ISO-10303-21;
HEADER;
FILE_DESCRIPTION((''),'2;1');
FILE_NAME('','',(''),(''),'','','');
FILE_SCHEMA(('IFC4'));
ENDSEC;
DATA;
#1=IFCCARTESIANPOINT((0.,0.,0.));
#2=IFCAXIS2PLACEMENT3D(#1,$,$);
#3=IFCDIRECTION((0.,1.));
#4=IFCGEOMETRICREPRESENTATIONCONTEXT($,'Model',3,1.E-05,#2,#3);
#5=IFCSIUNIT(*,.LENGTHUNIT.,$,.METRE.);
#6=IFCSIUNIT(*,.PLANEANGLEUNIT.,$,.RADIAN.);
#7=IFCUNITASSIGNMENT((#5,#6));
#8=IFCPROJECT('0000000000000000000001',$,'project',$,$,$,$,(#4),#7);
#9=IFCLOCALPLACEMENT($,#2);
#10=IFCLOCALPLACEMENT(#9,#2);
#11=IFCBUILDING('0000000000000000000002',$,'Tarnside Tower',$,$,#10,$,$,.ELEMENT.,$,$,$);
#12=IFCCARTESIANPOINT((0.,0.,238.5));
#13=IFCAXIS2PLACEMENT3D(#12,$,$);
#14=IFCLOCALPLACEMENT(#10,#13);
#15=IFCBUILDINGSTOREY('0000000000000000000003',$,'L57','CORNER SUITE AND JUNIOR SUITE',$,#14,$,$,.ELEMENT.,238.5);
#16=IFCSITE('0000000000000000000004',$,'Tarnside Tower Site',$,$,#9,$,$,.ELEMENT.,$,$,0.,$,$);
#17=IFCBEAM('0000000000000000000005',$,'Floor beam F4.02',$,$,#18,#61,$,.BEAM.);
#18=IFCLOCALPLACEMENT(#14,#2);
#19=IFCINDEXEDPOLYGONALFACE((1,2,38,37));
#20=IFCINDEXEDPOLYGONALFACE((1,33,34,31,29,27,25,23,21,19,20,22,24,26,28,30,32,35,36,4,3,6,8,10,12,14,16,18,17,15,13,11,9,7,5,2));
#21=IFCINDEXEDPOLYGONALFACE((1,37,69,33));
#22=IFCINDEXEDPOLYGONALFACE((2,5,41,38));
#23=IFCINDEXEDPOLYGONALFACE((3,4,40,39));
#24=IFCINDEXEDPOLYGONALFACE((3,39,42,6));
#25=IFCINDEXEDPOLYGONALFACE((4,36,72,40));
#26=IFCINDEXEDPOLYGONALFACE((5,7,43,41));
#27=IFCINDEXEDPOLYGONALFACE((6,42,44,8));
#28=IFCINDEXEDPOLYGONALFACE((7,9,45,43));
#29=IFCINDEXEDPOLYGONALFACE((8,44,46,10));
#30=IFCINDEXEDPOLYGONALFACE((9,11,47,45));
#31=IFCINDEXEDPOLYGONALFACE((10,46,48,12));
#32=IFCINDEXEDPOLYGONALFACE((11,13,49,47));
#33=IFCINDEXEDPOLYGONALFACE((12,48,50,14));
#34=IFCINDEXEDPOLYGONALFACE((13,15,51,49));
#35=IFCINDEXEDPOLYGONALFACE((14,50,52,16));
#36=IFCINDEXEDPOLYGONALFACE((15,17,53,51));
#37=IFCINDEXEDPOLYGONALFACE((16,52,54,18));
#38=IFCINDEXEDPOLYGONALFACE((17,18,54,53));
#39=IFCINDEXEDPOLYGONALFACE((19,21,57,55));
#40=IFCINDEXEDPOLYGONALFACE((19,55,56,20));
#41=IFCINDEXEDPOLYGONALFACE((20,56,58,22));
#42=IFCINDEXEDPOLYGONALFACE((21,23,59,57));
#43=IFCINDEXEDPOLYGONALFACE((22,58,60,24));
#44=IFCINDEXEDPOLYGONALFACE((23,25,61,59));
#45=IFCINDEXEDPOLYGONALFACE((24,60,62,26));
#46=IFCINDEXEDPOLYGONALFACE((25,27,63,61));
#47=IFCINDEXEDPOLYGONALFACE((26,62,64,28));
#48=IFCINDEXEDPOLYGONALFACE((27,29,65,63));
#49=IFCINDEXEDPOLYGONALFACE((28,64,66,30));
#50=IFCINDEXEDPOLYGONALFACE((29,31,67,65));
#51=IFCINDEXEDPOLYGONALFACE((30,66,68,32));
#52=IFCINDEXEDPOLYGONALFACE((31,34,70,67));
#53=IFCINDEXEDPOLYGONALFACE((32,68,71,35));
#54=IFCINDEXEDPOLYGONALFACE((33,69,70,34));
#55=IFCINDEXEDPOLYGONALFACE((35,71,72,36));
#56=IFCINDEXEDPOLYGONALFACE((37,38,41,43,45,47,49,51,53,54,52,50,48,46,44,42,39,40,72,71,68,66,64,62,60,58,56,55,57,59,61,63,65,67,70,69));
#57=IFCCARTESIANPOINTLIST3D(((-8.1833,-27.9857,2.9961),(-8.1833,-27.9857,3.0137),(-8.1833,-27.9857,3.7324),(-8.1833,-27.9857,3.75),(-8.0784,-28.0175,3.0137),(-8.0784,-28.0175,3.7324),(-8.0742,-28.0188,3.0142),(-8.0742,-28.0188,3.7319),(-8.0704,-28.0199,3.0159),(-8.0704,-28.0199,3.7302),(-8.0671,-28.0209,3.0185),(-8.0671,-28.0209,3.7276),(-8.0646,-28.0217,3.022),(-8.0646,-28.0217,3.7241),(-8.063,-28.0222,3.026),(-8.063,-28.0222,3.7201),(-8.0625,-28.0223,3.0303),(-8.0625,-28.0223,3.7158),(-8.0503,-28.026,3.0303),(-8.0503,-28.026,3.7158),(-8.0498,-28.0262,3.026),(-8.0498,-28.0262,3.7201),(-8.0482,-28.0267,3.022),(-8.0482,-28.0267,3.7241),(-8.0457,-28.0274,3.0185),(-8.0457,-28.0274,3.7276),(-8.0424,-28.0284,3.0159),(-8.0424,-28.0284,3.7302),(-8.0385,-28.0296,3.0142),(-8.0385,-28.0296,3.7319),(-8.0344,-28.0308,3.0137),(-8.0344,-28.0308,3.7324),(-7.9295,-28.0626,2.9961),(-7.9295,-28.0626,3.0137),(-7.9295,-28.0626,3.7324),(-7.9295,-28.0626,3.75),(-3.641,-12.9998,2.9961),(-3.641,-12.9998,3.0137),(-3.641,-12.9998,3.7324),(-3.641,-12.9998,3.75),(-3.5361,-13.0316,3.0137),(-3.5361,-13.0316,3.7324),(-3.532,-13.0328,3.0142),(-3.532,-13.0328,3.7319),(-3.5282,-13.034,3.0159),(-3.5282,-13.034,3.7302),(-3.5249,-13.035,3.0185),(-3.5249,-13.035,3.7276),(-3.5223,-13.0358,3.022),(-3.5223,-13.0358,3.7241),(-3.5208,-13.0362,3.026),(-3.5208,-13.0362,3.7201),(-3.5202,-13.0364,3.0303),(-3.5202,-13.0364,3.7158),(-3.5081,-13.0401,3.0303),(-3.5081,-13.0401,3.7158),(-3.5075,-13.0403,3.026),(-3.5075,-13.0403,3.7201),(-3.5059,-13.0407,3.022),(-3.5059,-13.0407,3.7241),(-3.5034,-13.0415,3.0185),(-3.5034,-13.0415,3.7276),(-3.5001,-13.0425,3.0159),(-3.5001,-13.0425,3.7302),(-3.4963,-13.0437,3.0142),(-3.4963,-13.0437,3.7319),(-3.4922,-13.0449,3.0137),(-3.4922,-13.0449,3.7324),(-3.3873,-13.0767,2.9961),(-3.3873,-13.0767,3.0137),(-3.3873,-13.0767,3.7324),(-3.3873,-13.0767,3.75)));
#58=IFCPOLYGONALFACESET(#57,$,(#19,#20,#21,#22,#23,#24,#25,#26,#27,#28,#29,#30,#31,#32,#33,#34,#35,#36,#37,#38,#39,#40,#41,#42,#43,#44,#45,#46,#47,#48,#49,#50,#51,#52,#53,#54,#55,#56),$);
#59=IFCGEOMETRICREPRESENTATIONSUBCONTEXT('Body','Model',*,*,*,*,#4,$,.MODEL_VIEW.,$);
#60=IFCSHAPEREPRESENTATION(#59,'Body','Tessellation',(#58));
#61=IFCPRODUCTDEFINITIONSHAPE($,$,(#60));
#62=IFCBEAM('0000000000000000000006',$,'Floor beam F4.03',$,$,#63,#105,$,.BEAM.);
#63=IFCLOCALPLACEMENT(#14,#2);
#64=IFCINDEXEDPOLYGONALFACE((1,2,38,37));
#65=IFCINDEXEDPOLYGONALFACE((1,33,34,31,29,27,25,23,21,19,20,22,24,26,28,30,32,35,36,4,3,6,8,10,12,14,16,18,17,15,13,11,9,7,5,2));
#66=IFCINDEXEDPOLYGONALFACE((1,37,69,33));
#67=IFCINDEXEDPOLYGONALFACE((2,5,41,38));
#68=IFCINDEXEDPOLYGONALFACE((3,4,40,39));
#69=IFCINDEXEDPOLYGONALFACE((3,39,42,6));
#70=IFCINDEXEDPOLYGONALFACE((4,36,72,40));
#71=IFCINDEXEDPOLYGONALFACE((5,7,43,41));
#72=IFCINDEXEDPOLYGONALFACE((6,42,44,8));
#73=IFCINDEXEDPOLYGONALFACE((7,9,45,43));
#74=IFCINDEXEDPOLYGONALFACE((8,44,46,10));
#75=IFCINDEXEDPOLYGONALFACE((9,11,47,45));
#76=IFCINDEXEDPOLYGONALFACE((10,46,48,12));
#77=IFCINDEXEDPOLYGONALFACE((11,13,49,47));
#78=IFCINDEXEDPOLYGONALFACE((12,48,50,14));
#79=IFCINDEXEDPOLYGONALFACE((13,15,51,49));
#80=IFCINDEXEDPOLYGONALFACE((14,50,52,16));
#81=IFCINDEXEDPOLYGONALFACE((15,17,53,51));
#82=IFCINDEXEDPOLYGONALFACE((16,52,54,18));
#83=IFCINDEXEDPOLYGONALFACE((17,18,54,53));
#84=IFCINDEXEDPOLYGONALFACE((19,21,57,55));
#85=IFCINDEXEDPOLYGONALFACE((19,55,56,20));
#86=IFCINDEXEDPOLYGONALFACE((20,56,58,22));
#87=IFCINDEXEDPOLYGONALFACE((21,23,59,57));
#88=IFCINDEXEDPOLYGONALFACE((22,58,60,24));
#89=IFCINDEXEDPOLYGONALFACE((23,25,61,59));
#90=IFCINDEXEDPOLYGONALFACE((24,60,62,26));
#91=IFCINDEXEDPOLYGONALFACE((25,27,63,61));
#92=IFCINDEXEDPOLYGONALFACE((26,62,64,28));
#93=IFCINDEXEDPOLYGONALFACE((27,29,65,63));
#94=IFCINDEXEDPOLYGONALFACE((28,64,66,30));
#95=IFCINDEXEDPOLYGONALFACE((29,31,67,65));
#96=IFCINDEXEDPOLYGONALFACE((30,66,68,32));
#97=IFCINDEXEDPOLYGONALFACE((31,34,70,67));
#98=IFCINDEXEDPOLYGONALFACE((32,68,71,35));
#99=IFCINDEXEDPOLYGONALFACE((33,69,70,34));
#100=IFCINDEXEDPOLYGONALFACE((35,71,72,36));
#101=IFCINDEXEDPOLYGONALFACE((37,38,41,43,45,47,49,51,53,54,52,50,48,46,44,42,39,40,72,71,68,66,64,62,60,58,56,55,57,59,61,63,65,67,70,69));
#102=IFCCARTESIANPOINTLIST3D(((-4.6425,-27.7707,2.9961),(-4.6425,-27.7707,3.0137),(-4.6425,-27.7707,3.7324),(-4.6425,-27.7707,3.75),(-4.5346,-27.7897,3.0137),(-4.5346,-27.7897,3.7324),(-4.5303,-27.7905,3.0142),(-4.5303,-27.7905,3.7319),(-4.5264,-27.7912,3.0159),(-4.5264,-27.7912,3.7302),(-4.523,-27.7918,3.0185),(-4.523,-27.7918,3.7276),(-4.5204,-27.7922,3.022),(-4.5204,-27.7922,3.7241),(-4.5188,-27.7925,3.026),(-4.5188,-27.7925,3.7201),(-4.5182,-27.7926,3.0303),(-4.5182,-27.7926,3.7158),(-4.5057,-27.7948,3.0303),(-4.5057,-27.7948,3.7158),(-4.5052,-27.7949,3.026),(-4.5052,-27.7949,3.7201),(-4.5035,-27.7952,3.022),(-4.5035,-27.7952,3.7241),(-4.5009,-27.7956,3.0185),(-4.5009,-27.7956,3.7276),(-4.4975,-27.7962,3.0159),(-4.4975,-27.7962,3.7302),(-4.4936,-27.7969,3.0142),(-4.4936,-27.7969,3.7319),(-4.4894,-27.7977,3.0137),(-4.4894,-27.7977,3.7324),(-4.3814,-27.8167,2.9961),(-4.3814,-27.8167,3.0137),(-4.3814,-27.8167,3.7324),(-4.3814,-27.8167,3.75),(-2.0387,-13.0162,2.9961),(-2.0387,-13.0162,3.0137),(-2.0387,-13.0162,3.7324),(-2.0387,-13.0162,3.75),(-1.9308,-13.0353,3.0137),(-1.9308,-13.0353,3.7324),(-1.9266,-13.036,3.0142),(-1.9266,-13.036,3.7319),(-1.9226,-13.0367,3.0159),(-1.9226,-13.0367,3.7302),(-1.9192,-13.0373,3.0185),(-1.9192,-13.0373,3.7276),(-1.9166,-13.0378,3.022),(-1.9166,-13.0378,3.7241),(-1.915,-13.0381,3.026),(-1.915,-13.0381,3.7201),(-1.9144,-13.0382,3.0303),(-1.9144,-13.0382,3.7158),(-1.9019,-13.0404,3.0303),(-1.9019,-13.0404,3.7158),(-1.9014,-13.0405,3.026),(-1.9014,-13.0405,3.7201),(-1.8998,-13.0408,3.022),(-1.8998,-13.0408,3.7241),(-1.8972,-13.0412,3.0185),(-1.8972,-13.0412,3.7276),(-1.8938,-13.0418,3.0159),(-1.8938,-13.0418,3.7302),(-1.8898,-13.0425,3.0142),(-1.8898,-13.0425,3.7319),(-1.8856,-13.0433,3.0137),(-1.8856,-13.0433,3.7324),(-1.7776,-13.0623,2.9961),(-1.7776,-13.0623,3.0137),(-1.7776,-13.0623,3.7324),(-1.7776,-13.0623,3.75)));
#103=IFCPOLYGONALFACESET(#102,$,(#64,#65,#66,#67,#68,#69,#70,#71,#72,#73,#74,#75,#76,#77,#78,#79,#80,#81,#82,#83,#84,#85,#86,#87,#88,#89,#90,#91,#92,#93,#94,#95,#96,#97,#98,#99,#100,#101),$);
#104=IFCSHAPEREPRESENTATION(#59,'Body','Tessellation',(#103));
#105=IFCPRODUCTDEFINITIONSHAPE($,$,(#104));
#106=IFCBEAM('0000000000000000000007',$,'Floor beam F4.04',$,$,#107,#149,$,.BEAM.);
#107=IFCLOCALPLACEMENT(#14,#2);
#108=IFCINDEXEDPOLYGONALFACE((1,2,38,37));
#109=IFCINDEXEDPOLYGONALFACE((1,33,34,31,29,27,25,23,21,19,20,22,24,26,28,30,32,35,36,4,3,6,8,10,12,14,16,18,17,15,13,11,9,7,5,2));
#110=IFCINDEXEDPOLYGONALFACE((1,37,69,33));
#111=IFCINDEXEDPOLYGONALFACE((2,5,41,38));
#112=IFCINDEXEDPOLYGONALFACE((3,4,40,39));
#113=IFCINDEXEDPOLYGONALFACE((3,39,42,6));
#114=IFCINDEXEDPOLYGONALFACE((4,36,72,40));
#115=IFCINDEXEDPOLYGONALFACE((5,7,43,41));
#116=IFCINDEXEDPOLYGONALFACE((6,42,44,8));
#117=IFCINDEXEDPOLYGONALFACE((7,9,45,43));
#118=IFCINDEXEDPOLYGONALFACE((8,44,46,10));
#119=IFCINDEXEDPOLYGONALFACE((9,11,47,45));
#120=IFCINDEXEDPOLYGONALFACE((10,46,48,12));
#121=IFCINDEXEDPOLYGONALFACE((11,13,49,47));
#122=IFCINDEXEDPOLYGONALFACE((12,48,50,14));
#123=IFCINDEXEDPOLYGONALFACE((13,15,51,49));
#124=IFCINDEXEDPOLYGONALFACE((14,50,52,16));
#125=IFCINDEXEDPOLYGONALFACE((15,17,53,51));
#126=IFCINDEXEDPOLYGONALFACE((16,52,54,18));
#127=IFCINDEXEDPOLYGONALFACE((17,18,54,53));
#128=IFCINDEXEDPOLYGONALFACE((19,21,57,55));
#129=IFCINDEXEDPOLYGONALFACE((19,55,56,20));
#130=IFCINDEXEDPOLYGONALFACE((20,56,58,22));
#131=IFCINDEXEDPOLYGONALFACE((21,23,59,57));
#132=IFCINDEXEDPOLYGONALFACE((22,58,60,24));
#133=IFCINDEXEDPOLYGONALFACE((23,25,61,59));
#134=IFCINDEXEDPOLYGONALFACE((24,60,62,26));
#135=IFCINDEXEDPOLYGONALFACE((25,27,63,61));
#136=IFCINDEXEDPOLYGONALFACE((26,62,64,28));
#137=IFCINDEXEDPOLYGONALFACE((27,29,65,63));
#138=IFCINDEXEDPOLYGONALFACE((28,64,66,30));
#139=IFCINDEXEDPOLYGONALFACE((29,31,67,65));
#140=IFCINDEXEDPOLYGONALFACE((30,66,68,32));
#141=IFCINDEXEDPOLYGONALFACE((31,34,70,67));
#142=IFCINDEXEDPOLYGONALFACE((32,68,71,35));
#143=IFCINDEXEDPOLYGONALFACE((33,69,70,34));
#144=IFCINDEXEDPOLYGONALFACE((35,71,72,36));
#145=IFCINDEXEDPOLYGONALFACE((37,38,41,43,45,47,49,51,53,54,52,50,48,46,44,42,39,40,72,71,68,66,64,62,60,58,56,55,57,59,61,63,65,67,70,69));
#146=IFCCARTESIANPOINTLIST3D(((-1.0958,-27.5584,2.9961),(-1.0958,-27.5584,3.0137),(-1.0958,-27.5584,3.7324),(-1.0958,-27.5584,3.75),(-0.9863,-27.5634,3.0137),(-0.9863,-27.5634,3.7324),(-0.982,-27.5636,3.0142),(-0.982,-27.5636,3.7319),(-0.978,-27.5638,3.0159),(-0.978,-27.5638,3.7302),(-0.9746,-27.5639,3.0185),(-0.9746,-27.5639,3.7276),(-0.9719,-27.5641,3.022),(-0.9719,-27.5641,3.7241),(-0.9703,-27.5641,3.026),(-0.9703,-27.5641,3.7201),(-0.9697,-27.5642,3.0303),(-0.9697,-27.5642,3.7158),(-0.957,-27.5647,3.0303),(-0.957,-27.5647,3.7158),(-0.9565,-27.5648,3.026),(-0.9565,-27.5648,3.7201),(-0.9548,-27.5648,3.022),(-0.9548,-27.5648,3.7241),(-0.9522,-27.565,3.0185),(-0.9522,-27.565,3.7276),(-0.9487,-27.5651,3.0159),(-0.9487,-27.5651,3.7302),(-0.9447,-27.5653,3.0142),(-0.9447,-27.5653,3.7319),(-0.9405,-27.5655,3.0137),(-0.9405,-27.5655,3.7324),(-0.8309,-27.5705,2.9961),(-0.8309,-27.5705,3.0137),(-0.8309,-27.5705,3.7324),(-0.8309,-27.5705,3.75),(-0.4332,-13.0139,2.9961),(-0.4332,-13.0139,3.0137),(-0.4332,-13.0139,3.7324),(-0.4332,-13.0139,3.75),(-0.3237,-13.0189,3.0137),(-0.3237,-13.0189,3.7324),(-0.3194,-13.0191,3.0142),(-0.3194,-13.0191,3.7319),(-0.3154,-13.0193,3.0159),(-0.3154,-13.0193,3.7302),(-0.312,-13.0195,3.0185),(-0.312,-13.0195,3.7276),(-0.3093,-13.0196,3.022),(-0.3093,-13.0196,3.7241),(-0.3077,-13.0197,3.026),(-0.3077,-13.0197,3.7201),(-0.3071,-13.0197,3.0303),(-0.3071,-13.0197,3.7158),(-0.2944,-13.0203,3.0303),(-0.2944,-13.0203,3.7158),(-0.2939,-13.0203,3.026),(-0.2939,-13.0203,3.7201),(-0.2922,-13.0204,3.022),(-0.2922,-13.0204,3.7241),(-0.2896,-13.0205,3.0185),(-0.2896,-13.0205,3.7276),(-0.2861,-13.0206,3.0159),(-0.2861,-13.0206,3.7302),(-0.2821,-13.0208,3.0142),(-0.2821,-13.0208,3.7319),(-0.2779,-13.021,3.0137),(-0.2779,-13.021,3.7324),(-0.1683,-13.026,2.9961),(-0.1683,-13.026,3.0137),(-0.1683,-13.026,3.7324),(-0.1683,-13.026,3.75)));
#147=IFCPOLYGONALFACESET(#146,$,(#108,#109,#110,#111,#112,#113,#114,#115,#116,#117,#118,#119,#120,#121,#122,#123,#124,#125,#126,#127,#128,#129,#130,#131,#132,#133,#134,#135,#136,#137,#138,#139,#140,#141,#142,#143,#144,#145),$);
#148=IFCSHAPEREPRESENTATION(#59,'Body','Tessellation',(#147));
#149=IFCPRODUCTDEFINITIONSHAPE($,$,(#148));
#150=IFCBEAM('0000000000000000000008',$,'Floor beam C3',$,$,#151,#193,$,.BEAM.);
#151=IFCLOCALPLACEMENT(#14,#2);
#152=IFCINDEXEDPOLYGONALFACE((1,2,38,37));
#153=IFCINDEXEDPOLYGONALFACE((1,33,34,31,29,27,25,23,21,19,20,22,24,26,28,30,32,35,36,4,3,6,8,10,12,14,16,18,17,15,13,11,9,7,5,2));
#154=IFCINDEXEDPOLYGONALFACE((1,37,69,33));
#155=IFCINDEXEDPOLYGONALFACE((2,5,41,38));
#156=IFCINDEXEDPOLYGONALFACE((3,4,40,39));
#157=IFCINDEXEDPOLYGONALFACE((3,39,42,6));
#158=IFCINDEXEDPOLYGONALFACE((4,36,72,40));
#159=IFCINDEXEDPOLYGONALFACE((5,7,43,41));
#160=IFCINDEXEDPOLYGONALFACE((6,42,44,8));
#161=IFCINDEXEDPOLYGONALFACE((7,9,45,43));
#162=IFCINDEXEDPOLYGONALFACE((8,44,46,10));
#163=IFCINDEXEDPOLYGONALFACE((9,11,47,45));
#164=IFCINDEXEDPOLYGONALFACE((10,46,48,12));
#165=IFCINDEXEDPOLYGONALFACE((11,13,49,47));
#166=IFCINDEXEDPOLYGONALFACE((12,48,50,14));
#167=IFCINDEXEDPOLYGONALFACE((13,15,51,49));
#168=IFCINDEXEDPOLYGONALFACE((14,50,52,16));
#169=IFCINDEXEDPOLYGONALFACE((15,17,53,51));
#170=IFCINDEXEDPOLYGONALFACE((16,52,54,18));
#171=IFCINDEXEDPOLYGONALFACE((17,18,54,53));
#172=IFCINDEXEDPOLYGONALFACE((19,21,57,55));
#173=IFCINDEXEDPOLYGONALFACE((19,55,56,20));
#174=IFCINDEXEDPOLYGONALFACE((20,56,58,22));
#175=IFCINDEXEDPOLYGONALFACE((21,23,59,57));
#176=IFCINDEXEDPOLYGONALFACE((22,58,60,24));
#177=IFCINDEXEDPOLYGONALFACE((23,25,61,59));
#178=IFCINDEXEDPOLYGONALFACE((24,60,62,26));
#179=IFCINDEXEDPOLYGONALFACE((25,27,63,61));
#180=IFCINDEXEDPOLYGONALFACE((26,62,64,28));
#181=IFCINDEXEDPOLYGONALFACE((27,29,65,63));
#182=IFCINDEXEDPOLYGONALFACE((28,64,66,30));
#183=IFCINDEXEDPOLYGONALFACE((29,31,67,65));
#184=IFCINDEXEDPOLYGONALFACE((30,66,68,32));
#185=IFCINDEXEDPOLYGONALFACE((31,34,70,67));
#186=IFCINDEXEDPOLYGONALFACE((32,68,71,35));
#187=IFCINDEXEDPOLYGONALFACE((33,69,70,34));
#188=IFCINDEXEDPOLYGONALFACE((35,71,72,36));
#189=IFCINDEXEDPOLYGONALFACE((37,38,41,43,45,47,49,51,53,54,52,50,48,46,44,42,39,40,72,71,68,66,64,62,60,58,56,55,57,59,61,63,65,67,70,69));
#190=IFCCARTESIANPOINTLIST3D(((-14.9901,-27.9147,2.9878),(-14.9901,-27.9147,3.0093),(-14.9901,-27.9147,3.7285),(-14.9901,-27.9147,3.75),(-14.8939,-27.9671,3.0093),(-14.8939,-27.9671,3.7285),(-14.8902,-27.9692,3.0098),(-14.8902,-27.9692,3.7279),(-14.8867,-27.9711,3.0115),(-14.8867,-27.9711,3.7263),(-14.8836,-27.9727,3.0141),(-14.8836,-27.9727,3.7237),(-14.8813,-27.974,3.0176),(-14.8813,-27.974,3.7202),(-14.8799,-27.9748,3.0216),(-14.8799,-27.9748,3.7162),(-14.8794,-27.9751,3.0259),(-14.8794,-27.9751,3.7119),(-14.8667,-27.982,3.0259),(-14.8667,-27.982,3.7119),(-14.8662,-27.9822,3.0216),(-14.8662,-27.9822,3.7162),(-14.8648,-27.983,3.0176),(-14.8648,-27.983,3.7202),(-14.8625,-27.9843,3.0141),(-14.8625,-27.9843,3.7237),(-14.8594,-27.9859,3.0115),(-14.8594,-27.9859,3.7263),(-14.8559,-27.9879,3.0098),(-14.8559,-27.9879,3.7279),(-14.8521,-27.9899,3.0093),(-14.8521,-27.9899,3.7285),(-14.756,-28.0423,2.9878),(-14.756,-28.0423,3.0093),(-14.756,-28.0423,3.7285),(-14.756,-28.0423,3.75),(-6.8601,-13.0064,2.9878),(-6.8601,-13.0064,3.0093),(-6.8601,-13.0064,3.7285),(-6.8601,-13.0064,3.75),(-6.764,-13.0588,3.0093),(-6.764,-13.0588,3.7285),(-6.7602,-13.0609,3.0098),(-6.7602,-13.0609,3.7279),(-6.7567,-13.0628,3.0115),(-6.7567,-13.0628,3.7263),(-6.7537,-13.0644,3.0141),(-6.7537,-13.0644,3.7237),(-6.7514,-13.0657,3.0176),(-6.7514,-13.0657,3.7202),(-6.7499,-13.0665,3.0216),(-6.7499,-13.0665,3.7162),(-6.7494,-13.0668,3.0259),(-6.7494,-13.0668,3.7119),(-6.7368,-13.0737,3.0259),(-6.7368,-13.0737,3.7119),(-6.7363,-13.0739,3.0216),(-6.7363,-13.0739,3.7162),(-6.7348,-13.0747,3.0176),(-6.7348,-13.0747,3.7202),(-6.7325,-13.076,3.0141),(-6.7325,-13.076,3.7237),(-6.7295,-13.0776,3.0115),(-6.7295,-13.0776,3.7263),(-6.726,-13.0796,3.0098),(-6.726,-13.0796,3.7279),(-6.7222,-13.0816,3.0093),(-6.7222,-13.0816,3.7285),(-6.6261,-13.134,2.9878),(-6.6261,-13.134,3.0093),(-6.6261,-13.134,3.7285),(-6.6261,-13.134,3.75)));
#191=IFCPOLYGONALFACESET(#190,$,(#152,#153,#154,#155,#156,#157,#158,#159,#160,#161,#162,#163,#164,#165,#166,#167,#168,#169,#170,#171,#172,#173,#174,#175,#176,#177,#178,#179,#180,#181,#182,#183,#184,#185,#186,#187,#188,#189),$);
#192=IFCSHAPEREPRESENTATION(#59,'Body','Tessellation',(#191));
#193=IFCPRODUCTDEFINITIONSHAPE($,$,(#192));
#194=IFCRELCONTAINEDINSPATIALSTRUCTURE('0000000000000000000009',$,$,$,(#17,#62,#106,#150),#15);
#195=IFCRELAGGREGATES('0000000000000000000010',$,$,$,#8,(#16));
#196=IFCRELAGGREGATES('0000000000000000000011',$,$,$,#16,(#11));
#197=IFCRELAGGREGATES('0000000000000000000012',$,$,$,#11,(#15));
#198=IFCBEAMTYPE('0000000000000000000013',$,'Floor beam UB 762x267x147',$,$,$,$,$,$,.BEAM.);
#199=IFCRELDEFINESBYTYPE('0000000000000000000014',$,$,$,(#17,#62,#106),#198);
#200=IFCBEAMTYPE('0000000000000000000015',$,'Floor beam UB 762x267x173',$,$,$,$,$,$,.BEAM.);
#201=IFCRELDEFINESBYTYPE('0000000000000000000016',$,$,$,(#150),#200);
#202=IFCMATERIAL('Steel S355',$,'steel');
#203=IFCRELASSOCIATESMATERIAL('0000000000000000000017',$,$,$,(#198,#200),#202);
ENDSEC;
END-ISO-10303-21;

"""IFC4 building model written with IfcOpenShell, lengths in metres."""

from ifc_helpers import new_model, si_unit, direction, frame, origin, origin_2d, place, context, subcontext, project, spatial, i_section, extrude, material, material_profile, profile_set, type_object, element, save


model = new_model("IFC4")

# Units and contexts
model_context = context("Model", 3, precision=1e-05, world=origin(), true_north=direction((0.0, 1.0)))
body_context = subcontext(model_context, "Body", "Model", "MODEL_VIEW")
ifc_project = project(units=[si_unit("LENGTHUNIT", "METRE"), si_unit("PLANEANGLEUNIT", "RADIAN")], contexts=[model_context])

# Site, building, storey
site_placement = place(None, origin())
site = spatial("IfcSite", under=ifc_project, at=site_placement, Name="Tarnside Tower Site", CompositionType="ELEMENT", RefElevation=0.0)
building_placement = place(site_placement, origin())
building = spatial("IfcBuilding", under=site, at=building_placement, Name="Tarnside Tower", CompositionType="ELEMENT")
storey_placement = place(building_placement, frame((0.0, 0.0, 238.5)))
storey = spatial("IfcBuildingStorey", under=building, at=storey_placement, Name="L57", Description="CORNER SUITE AND JUNIOR SUITE", CompositionType="ELEMENT", Elevation=238.5)

# Beams
ifc_material_1 = material(Name="Steel S355", Category="steel")
ifc_material_profile_1 = material_profile(ifc_material_1, i_section(OverallWidth=0.2651, OverallDepth=0.7539, WebThickness=0.0127, FlangeThickness=0.0176, FilletRadius=0.0166, at=origin_2d()), Name="UB 762x267x147")
ifc_profile_set_1 = profile_set([ifc_material_profile_1], Name="Steel S355")
beam_type_1 = type_object("IfcBeamType", Name="Floor beam UB 762x267x147", PredefinedType="BEAM", material=ifc_profile_set_1)
beam_1_placement = place(storey_placement, frame((-8.0564, -28.0242, 3.373), z_axis=(0.29007, 0.957005, 0.0), x_axis=(-0.957005, 0.29007, 0.0)))
element("IfcBeam", 1, at=beam_1_placement, inside=storey, type_object=beam_type_1, Name="Floor beam F4.02", PredefinedType="BEAM", context=body_context, shape_type="SweptSolid", body=[
    extrude(i_section(OverallWidth=0.2651, OverallDepth=0.7539, WebThickness=0.0127, FlangeThickness=0.0176, FilletRadius=0.0166, at=origin_2d()), origin(), (0.0, 0.0, 1.0), 15.6592),
])
beam_2_placement = place(storey_placement, frame((-4.512, -27.7937, 3.373), z_axis=(0.173788, 0.984783, 0.0), x_axis=(-0.984783, 0.173788, 0.0)))
element("IfcBeam", 2, at=beam_2_placement, inside=storey, type_object=beam_type_1, Name="Floor beam F4.03", PredefinedType="BEAM", context=body_context, shape_type="SweptSolid", body=[
    extrude(i_section(OverallWidth=0.2651, OverallDepth=0.7539, WebThickness=0.0127, FlangeThickness=0.0176, FilletRadius=0.0166, at=origin_2d()), origin(), (0.0, 0.0, 1.0), 14.9824),
])
beam_3_placement = place(storey_placement, frame((-0.9634, -27.5645, 3.373), z_axis=(0.04551, 0.998964, 0.0), x_axis=(-0.998964, 0.04551, 0.0)))
element("IfcBeam", 3, at=beam_3_placement, inside=storey, type_object=beam_type_1, Name="Floor beam F4.04", PredefinedType="BEAM", context=body_context, shape_type="SweptSolid", body=[
    extrude(i_section(OverallWidth=0.2651, OverallDepth=0.7539, WebThickness=0.0127, FlangeThickness=0.0176, FilletRadius=0.0166, at=origin_2d()), origin(), (0.0, 0.0, 1.0), 14.5596),
])
ifc_material_profile_2 = material_profile(ifc_material_1, i_section(OverallWidth=0.2666, OverallDepth=0.7622, WebThickness=0.0144, FlangeThickness=0.0215, FilletRadius=0.0166, at=origin_2d()), Name="UB 762x267x173")
ifc_profile_set_2 = profile_set([ifc_material_profile_2], Name="Steel S355")
beam_type_2 = type_object("IfcBeamType", Name="Floor beam UB 762x267x173", PredefinedType="BEAM", material=ifc_profile_set_2)
beam_4_placement = place(storey_placement, frame((-14.873, -27.9785, 3.3689), z_axis=(0.478768, 0.877942, 0.0), x_axis=(-0.877942, 0.478768, 0.0)))
element("IfcBeam", 4, at=beam_4_placement, inside=storey, type_object=beam_type_2, Name="Floor beam C3", PredefinedType="BEAM", context=body_context, shape_type="SweptSolid", body=[
    extrude(i_section(OverallWidth=0.2666, OverallDepth=0.7622, WebThickness=0.0144, FlangeThickness=0.0215, FilletRadius=0.0166, at=origin_2d()), origin(), (0.0, 0.0, 1.0), 16.981),
])

save(model, "model.ifc")
